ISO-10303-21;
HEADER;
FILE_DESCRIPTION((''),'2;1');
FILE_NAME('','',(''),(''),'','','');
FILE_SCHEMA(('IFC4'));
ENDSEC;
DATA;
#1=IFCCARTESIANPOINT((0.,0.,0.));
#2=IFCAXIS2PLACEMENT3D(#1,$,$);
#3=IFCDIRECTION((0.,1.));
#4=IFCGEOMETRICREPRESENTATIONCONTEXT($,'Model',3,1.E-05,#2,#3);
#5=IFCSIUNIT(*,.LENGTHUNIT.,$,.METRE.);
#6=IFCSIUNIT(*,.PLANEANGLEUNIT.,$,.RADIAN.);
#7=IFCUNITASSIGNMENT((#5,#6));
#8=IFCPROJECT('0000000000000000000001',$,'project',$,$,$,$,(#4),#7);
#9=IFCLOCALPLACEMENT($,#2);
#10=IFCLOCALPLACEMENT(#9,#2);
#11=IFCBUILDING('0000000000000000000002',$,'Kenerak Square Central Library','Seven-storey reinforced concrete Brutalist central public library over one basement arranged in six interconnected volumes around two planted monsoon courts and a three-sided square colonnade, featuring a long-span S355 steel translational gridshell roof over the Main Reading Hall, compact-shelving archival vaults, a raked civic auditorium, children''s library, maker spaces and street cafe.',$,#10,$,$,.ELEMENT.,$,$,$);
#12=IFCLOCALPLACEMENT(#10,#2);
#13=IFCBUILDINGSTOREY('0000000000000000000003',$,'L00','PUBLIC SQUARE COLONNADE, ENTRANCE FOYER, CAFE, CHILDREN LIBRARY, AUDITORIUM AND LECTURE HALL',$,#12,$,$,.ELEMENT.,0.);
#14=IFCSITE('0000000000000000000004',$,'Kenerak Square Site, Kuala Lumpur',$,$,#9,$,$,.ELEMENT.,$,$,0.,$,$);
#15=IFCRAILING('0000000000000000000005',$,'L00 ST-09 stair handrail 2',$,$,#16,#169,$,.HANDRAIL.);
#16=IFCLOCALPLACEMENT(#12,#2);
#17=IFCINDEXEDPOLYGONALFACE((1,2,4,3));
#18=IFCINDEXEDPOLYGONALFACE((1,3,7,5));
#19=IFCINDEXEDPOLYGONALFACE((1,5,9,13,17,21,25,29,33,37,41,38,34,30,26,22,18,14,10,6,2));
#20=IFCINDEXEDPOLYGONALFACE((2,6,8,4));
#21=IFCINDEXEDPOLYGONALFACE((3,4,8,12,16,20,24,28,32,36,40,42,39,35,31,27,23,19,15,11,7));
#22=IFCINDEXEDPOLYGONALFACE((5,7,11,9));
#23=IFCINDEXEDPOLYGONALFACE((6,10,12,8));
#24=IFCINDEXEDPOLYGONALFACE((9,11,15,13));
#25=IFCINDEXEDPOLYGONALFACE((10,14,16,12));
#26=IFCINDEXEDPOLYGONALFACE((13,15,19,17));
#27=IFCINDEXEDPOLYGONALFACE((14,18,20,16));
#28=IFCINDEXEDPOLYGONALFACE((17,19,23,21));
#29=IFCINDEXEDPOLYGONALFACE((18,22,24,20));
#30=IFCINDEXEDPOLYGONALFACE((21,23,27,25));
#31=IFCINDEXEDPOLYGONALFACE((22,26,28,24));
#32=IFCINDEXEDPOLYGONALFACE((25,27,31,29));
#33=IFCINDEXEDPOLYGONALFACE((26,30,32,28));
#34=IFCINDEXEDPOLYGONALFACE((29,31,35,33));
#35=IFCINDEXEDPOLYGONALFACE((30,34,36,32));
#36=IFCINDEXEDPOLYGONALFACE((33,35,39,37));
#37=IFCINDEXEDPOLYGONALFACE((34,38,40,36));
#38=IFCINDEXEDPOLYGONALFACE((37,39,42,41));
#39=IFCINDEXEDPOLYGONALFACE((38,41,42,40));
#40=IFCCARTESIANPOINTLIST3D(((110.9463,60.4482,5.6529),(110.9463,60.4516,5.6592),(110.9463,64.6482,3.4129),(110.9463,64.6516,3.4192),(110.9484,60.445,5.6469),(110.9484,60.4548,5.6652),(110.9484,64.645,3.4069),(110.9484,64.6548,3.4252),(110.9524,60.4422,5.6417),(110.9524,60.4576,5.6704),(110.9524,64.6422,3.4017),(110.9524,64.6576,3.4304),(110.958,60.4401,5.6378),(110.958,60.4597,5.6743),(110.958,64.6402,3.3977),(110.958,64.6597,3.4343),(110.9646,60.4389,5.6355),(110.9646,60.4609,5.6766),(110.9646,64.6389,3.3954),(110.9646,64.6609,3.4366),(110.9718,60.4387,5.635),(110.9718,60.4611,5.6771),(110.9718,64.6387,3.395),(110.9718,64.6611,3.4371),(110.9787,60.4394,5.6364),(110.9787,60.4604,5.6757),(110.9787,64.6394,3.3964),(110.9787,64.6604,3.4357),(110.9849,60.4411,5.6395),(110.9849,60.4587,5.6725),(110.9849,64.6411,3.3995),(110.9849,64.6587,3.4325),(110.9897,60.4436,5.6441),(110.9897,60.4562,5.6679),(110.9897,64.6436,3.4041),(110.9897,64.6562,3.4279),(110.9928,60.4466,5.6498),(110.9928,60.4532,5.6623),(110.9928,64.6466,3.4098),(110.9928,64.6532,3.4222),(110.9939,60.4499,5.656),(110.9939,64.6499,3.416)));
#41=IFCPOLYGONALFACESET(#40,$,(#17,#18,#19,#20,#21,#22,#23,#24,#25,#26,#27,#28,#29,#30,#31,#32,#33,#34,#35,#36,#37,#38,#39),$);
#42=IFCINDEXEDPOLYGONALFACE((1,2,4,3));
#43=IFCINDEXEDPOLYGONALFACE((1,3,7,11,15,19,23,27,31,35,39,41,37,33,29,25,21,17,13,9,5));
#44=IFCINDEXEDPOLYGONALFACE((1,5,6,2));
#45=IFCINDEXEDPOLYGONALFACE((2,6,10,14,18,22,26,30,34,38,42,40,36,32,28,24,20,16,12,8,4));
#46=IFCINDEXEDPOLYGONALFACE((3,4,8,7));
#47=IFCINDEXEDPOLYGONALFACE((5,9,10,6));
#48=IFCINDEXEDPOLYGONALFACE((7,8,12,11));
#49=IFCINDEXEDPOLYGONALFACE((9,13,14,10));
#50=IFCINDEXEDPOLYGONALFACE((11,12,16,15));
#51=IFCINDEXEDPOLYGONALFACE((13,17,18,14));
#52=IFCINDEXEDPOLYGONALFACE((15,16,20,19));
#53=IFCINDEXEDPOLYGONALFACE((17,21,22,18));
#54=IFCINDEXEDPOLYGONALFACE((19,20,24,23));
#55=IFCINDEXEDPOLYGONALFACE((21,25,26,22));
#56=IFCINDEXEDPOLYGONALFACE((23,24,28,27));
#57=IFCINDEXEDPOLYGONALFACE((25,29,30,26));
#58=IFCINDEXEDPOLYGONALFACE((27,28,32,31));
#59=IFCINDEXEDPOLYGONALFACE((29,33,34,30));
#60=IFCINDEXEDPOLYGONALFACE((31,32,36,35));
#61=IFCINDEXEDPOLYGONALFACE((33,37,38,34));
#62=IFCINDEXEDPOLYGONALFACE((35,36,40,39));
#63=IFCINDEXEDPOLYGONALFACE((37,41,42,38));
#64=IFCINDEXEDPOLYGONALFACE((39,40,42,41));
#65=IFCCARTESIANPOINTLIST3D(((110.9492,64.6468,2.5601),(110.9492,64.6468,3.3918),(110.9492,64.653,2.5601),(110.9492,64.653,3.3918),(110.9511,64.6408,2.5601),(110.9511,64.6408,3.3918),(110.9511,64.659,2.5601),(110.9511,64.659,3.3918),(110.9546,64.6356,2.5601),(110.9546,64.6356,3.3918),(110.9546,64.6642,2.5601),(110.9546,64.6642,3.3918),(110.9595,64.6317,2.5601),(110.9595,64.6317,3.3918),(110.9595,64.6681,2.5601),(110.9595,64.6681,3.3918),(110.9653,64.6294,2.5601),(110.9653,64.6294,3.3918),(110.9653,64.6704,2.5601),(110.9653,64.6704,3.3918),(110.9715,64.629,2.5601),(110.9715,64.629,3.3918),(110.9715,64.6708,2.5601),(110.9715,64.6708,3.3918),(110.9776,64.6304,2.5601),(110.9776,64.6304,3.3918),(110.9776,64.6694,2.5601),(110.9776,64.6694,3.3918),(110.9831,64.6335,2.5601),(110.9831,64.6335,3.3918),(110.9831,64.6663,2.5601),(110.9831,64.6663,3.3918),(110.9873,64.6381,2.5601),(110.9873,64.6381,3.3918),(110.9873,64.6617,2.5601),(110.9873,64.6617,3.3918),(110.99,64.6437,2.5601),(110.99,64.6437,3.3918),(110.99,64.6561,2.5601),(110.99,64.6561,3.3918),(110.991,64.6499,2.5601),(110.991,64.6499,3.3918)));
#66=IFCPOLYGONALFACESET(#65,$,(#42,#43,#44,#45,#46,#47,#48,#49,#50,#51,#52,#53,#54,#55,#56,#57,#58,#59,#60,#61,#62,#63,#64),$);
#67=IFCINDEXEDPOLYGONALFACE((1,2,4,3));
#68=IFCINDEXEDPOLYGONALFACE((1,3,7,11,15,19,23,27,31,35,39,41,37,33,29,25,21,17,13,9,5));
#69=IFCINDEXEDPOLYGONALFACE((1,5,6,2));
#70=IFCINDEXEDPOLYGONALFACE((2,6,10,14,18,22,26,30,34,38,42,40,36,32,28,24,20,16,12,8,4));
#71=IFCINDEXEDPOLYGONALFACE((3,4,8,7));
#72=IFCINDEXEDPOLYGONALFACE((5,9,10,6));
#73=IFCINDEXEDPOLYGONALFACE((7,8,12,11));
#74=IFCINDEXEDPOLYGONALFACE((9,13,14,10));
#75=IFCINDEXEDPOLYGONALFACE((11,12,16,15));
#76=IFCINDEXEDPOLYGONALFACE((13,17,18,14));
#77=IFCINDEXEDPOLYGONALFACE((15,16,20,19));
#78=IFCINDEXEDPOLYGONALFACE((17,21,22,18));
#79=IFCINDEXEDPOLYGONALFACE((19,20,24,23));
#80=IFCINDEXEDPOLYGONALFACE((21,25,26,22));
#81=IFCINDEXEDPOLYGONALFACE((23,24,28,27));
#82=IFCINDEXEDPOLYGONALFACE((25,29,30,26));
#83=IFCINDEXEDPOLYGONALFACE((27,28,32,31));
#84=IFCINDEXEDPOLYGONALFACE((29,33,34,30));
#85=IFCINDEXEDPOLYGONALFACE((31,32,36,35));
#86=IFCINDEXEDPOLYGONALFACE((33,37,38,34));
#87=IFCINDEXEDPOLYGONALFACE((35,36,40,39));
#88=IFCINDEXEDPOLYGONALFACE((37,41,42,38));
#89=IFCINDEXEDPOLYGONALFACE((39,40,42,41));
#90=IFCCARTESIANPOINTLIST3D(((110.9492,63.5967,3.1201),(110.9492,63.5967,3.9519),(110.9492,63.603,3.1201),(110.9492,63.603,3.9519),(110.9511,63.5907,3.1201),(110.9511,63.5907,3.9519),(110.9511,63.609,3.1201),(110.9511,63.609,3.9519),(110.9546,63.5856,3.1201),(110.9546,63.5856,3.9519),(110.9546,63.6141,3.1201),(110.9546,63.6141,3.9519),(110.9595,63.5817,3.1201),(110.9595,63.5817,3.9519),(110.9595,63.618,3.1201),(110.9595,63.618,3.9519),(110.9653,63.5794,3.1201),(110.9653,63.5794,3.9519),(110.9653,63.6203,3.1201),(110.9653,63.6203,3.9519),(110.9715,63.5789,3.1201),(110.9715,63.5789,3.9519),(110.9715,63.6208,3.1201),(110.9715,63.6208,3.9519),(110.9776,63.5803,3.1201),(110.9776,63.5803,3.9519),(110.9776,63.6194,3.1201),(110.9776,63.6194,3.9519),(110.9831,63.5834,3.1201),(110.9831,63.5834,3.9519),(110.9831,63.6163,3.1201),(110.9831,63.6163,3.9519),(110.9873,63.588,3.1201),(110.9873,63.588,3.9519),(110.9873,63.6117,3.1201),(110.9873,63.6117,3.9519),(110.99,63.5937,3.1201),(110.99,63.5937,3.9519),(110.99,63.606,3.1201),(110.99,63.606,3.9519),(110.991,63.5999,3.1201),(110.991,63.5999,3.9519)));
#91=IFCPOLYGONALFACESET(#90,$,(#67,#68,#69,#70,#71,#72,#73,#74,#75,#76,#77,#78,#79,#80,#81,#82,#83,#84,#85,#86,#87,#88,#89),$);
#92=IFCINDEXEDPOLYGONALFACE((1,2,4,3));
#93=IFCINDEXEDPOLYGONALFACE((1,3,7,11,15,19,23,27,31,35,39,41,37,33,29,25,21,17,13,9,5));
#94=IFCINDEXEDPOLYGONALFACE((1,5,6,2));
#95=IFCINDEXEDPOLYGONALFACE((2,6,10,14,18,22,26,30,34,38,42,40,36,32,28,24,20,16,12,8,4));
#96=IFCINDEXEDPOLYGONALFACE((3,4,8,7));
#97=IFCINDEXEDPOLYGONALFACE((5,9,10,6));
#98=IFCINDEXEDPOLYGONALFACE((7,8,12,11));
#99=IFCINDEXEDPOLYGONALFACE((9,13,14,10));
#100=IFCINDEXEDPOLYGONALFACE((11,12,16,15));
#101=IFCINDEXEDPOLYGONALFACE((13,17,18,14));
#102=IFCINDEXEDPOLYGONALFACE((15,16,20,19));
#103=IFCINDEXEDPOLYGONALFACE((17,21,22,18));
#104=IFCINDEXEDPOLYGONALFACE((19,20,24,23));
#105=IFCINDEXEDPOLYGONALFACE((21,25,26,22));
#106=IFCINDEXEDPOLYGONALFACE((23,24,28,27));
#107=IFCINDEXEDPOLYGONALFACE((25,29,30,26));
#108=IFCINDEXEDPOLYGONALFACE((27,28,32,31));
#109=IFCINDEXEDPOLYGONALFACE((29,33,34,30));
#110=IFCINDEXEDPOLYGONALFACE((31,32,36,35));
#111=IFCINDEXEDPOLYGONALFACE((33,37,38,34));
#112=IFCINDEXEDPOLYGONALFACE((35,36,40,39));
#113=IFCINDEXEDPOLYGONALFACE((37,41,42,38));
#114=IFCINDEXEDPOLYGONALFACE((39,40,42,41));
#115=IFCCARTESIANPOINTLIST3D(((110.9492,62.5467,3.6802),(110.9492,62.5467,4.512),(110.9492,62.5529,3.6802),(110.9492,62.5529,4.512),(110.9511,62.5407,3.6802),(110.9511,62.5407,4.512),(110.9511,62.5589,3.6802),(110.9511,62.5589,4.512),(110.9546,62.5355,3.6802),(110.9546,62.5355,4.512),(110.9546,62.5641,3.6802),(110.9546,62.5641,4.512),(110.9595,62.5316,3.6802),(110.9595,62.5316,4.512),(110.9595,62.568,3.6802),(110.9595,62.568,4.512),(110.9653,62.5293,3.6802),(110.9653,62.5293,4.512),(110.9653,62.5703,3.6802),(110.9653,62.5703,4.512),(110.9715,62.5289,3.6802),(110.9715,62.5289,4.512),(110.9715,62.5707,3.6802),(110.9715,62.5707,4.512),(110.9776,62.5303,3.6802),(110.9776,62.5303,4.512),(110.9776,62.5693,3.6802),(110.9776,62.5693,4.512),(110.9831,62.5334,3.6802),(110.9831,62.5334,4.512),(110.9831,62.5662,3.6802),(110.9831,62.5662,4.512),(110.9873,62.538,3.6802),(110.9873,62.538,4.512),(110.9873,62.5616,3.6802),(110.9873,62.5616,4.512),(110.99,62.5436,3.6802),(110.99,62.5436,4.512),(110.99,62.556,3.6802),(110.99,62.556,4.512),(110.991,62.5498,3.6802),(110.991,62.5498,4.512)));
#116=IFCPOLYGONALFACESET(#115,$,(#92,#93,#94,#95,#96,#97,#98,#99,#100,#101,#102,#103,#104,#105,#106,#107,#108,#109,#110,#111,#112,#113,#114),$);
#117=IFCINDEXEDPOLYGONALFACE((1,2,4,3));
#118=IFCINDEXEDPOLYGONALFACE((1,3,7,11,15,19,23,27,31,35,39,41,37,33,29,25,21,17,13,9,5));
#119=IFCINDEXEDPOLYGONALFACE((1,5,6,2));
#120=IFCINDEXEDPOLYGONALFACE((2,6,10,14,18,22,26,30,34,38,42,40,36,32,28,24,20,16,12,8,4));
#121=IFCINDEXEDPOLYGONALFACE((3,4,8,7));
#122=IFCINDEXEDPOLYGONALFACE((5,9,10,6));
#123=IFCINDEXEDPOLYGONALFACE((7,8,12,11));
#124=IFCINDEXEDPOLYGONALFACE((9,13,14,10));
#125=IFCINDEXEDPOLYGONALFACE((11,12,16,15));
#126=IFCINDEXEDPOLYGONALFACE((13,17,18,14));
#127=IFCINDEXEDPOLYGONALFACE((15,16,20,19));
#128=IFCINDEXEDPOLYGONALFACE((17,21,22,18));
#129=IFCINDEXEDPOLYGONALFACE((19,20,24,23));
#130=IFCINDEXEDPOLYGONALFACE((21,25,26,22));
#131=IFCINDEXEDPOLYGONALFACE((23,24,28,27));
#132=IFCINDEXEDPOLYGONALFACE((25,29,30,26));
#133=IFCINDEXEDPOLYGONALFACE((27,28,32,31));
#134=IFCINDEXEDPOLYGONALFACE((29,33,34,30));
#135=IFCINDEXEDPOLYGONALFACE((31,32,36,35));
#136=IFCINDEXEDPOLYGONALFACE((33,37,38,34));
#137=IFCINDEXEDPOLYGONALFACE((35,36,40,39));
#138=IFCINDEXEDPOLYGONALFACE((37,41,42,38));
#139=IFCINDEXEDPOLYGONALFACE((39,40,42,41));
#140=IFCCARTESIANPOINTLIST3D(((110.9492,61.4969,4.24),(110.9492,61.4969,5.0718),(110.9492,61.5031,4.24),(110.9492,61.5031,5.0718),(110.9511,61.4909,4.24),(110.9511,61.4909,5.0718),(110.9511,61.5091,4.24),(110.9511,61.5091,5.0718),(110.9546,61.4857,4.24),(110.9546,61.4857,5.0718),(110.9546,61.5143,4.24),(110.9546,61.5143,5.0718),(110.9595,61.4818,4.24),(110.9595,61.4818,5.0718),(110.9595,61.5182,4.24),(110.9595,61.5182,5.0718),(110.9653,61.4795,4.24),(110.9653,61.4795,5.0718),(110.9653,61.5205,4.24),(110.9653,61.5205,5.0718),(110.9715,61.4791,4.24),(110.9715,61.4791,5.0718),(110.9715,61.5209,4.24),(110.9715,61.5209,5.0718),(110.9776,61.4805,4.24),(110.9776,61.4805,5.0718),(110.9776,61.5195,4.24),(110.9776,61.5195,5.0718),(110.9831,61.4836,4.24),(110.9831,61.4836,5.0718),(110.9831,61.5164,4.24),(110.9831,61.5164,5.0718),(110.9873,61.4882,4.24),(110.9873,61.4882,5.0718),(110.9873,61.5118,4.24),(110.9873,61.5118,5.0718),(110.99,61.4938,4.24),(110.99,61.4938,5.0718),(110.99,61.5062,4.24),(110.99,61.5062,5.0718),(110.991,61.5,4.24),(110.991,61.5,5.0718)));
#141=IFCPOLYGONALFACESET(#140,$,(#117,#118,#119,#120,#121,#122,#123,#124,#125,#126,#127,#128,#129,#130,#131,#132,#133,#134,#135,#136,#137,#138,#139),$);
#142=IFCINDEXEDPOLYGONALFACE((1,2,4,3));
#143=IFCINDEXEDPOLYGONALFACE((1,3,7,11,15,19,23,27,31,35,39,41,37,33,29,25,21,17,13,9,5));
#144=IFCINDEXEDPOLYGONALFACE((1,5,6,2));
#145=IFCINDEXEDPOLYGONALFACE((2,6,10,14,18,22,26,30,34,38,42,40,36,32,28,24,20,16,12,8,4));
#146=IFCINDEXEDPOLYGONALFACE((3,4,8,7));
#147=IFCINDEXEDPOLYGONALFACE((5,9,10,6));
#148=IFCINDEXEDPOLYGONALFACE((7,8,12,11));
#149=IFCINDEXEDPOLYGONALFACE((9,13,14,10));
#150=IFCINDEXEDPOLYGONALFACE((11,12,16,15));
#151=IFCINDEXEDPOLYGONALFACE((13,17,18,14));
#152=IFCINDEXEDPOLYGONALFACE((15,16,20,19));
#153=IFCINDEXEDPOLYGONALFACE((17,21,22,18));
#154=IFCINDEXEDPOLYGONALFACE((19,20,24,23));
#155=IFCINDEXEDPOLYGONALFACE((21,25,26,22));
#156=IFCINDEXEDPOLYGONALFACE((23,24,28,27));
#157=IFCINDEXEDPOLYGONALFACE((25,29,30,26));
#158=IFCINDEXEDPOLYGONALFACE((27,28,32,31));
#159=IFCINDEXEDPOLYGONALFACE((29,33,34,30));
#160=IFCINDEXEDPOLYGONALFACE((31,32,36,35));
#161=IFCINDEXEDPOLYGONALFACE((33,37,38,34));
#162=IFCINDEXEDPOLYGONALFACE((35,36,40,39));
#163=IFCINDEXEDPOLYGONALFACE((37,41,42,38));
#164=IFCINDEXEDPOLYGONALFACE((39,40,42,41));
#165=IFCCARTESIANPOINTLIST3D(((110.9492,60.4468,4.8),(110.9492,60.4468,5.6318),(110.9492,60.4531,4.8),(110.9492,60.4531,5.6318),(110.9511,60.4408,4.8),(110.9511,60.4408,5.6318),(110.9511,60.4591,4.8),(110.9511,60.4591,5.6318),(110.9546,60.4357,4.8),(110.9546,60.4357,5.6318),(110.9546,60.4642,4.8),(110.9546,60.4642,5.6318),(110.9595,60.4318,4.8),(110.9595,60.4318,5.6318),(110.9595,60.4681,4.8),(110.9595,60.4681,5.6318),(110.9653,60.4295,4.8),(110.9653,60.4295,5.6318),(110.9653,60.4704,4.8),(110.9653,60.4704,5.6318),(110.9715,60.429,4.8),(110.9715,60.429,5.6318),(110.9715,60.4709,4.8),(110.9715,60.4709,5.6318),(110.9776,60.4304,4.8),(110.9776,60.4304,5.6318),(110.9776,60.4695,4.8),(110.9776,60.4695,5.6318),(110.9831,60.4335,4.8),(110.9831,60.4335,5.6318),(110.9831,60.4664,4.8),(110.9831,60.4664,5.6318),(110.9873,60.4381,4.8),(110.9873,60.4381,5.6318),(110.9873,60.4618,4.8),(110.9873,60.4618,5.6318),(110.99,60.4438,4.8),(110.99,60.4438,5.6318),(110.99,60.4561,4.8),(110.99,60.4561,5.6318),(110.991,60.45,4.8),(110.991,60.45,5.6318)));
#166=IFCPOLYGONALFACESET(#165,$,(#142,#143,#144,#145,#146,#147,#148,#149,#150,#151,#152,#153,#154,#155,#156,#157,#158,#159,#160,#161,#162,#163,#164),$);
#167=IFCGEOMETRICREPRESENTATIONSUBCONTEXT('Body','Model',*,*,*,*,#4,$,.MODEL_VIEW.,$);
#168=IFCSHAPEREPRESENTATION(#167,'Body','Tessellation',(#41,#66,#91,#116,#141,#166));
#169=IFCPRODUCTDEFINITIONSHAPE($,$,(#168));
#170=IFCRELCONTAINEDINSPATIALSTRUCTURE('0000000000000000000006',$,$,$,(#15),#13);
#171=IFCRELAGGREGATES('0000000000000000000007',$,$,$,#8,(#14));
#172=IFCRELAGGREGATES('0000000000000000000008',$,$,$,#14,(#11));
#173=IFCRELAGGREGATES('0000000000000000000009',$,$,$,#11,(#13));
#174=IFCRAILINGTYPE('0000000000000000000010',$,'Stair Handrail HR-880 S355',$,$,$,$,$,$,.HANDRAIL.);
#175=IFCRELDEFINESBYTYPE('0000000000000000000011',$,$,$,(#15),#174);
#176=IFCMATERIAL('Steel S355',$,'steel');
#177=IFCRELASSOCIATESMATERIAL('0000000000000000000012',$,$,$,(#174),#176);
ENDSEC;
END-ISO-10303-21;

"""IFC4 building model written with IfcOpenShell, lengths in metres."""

from ifc_helpers import new_model, si_unit, direction, frame, origin, origin_2d, place, context, subcontext, project, spatial, circle, extrude, material, type_object, element, save


model = new_model("IFC4")

# Units and contexts
model_context = context("Model", 3, precision=1e-05, world=origin(), true_north=direction((0.0, 1.0)))
body_context = subcontext(model_context, "Body", "Model", "MODEL_VIEW")
ifc_project = project(units=[si_unit("LENGTHUNIT", "METRE"), si_unit("PLANEANGLEUNIT", "RADIAN")], contexts=[model_context])

# Site, building, storey
site_placement = place(None, origin())
site = spatial("IfcSite", under=ifc_project, at=site_placement, Name="Kenerak Square Site, Kuala Lumpur", CompositionType="ELEMENT", RefElevation=0.0)
building_placement = place(site_placement, origin())
building = spatial("IfcBuilding", under=site, at=building_placement, Name="Kenerak Square Central Library", Description="Seven-storey reinforced concrete Brutalist central public library over one basement arranged in six interconnected volumes around two planted monsoon courts and a three-sided square colonnade, featuring a long-span S355 steel translational gridshell roof over the Main Reading Hall, compact-shelving archival vaults, a raked civic auditorium, children's library, maker spaces and street cafe.", CompositionType="ELEMENT")
storey_placement = place(building_placement, origin())
storey = spatial("IfcBuildingStorey", under=building, at=storey_placement, Name="L00", Description="PUBLIC SQUARE COLONNADE, ENTRANCE FOYER, CAFE, CHILDREN LIBRARY, AUDITORIUM AND LECTURE HALL", CompositionType="ELEMENT", Elevation=0.0)

# Shared definitions
ifc_material_1 = material(Name="Steel S355", Category="steel")

# Railing
railing_type_1 = type_object("IfcRailingType", Name="Stair Handrail HR-880 S355", PredefinedType="HANDRAIL", material=ifc_material_1)
railing_1_placement = place(storey_placement, frame((110.97, 64.6499, 2.5601)))
element("IfcRailing", 1, at=railing_1_placement, inside=storey, type_object=railing_type_1, Name="L00 ST-09 stair handrail 2", PredefinedType="HANDRAIL", context=body_context, shape_type="SweptSolid", body=[
    extrude(circle(Radius=0.0239, at=origin_2d()), frame((0.0, 0.0, 0.856), z_axis=(0.0, -0.882352, 0.470591), x_axis=(1.0, 0.0, 0.0)), (0.0, 0.0, 1.0), 4.76),
    extrude(circle(Radius=0.021, at=origin_2d()), origin(), (0.0, 0.0, 1.0), 0.8318),
    extrude(circle(Radius=0.021, at=origin_2d()), frame((0.0, -1.05, 0.5601)), (0.0, 0.0, 1.0), 0.8318),
    extrude(circle(Radius=0.021, at=origin_2d()), frame((0.0, -2.1001, 1.1201)), (0.0, 0.0, 1.0), 0.8318),
    extrude(circle(Radius=0.021, at=origin_2d()), frame((0.0, -3.1499, 1.6799)), (0.0, 0.0, 1.0), 0.8318),
    extrude(circle(Radius=0.021, at=origin_2d()), frame((0.0, -4.2, 2.24)), (0.0, 0.0, 1.0), 0.8318),
])

save(model, "model.ifc")
